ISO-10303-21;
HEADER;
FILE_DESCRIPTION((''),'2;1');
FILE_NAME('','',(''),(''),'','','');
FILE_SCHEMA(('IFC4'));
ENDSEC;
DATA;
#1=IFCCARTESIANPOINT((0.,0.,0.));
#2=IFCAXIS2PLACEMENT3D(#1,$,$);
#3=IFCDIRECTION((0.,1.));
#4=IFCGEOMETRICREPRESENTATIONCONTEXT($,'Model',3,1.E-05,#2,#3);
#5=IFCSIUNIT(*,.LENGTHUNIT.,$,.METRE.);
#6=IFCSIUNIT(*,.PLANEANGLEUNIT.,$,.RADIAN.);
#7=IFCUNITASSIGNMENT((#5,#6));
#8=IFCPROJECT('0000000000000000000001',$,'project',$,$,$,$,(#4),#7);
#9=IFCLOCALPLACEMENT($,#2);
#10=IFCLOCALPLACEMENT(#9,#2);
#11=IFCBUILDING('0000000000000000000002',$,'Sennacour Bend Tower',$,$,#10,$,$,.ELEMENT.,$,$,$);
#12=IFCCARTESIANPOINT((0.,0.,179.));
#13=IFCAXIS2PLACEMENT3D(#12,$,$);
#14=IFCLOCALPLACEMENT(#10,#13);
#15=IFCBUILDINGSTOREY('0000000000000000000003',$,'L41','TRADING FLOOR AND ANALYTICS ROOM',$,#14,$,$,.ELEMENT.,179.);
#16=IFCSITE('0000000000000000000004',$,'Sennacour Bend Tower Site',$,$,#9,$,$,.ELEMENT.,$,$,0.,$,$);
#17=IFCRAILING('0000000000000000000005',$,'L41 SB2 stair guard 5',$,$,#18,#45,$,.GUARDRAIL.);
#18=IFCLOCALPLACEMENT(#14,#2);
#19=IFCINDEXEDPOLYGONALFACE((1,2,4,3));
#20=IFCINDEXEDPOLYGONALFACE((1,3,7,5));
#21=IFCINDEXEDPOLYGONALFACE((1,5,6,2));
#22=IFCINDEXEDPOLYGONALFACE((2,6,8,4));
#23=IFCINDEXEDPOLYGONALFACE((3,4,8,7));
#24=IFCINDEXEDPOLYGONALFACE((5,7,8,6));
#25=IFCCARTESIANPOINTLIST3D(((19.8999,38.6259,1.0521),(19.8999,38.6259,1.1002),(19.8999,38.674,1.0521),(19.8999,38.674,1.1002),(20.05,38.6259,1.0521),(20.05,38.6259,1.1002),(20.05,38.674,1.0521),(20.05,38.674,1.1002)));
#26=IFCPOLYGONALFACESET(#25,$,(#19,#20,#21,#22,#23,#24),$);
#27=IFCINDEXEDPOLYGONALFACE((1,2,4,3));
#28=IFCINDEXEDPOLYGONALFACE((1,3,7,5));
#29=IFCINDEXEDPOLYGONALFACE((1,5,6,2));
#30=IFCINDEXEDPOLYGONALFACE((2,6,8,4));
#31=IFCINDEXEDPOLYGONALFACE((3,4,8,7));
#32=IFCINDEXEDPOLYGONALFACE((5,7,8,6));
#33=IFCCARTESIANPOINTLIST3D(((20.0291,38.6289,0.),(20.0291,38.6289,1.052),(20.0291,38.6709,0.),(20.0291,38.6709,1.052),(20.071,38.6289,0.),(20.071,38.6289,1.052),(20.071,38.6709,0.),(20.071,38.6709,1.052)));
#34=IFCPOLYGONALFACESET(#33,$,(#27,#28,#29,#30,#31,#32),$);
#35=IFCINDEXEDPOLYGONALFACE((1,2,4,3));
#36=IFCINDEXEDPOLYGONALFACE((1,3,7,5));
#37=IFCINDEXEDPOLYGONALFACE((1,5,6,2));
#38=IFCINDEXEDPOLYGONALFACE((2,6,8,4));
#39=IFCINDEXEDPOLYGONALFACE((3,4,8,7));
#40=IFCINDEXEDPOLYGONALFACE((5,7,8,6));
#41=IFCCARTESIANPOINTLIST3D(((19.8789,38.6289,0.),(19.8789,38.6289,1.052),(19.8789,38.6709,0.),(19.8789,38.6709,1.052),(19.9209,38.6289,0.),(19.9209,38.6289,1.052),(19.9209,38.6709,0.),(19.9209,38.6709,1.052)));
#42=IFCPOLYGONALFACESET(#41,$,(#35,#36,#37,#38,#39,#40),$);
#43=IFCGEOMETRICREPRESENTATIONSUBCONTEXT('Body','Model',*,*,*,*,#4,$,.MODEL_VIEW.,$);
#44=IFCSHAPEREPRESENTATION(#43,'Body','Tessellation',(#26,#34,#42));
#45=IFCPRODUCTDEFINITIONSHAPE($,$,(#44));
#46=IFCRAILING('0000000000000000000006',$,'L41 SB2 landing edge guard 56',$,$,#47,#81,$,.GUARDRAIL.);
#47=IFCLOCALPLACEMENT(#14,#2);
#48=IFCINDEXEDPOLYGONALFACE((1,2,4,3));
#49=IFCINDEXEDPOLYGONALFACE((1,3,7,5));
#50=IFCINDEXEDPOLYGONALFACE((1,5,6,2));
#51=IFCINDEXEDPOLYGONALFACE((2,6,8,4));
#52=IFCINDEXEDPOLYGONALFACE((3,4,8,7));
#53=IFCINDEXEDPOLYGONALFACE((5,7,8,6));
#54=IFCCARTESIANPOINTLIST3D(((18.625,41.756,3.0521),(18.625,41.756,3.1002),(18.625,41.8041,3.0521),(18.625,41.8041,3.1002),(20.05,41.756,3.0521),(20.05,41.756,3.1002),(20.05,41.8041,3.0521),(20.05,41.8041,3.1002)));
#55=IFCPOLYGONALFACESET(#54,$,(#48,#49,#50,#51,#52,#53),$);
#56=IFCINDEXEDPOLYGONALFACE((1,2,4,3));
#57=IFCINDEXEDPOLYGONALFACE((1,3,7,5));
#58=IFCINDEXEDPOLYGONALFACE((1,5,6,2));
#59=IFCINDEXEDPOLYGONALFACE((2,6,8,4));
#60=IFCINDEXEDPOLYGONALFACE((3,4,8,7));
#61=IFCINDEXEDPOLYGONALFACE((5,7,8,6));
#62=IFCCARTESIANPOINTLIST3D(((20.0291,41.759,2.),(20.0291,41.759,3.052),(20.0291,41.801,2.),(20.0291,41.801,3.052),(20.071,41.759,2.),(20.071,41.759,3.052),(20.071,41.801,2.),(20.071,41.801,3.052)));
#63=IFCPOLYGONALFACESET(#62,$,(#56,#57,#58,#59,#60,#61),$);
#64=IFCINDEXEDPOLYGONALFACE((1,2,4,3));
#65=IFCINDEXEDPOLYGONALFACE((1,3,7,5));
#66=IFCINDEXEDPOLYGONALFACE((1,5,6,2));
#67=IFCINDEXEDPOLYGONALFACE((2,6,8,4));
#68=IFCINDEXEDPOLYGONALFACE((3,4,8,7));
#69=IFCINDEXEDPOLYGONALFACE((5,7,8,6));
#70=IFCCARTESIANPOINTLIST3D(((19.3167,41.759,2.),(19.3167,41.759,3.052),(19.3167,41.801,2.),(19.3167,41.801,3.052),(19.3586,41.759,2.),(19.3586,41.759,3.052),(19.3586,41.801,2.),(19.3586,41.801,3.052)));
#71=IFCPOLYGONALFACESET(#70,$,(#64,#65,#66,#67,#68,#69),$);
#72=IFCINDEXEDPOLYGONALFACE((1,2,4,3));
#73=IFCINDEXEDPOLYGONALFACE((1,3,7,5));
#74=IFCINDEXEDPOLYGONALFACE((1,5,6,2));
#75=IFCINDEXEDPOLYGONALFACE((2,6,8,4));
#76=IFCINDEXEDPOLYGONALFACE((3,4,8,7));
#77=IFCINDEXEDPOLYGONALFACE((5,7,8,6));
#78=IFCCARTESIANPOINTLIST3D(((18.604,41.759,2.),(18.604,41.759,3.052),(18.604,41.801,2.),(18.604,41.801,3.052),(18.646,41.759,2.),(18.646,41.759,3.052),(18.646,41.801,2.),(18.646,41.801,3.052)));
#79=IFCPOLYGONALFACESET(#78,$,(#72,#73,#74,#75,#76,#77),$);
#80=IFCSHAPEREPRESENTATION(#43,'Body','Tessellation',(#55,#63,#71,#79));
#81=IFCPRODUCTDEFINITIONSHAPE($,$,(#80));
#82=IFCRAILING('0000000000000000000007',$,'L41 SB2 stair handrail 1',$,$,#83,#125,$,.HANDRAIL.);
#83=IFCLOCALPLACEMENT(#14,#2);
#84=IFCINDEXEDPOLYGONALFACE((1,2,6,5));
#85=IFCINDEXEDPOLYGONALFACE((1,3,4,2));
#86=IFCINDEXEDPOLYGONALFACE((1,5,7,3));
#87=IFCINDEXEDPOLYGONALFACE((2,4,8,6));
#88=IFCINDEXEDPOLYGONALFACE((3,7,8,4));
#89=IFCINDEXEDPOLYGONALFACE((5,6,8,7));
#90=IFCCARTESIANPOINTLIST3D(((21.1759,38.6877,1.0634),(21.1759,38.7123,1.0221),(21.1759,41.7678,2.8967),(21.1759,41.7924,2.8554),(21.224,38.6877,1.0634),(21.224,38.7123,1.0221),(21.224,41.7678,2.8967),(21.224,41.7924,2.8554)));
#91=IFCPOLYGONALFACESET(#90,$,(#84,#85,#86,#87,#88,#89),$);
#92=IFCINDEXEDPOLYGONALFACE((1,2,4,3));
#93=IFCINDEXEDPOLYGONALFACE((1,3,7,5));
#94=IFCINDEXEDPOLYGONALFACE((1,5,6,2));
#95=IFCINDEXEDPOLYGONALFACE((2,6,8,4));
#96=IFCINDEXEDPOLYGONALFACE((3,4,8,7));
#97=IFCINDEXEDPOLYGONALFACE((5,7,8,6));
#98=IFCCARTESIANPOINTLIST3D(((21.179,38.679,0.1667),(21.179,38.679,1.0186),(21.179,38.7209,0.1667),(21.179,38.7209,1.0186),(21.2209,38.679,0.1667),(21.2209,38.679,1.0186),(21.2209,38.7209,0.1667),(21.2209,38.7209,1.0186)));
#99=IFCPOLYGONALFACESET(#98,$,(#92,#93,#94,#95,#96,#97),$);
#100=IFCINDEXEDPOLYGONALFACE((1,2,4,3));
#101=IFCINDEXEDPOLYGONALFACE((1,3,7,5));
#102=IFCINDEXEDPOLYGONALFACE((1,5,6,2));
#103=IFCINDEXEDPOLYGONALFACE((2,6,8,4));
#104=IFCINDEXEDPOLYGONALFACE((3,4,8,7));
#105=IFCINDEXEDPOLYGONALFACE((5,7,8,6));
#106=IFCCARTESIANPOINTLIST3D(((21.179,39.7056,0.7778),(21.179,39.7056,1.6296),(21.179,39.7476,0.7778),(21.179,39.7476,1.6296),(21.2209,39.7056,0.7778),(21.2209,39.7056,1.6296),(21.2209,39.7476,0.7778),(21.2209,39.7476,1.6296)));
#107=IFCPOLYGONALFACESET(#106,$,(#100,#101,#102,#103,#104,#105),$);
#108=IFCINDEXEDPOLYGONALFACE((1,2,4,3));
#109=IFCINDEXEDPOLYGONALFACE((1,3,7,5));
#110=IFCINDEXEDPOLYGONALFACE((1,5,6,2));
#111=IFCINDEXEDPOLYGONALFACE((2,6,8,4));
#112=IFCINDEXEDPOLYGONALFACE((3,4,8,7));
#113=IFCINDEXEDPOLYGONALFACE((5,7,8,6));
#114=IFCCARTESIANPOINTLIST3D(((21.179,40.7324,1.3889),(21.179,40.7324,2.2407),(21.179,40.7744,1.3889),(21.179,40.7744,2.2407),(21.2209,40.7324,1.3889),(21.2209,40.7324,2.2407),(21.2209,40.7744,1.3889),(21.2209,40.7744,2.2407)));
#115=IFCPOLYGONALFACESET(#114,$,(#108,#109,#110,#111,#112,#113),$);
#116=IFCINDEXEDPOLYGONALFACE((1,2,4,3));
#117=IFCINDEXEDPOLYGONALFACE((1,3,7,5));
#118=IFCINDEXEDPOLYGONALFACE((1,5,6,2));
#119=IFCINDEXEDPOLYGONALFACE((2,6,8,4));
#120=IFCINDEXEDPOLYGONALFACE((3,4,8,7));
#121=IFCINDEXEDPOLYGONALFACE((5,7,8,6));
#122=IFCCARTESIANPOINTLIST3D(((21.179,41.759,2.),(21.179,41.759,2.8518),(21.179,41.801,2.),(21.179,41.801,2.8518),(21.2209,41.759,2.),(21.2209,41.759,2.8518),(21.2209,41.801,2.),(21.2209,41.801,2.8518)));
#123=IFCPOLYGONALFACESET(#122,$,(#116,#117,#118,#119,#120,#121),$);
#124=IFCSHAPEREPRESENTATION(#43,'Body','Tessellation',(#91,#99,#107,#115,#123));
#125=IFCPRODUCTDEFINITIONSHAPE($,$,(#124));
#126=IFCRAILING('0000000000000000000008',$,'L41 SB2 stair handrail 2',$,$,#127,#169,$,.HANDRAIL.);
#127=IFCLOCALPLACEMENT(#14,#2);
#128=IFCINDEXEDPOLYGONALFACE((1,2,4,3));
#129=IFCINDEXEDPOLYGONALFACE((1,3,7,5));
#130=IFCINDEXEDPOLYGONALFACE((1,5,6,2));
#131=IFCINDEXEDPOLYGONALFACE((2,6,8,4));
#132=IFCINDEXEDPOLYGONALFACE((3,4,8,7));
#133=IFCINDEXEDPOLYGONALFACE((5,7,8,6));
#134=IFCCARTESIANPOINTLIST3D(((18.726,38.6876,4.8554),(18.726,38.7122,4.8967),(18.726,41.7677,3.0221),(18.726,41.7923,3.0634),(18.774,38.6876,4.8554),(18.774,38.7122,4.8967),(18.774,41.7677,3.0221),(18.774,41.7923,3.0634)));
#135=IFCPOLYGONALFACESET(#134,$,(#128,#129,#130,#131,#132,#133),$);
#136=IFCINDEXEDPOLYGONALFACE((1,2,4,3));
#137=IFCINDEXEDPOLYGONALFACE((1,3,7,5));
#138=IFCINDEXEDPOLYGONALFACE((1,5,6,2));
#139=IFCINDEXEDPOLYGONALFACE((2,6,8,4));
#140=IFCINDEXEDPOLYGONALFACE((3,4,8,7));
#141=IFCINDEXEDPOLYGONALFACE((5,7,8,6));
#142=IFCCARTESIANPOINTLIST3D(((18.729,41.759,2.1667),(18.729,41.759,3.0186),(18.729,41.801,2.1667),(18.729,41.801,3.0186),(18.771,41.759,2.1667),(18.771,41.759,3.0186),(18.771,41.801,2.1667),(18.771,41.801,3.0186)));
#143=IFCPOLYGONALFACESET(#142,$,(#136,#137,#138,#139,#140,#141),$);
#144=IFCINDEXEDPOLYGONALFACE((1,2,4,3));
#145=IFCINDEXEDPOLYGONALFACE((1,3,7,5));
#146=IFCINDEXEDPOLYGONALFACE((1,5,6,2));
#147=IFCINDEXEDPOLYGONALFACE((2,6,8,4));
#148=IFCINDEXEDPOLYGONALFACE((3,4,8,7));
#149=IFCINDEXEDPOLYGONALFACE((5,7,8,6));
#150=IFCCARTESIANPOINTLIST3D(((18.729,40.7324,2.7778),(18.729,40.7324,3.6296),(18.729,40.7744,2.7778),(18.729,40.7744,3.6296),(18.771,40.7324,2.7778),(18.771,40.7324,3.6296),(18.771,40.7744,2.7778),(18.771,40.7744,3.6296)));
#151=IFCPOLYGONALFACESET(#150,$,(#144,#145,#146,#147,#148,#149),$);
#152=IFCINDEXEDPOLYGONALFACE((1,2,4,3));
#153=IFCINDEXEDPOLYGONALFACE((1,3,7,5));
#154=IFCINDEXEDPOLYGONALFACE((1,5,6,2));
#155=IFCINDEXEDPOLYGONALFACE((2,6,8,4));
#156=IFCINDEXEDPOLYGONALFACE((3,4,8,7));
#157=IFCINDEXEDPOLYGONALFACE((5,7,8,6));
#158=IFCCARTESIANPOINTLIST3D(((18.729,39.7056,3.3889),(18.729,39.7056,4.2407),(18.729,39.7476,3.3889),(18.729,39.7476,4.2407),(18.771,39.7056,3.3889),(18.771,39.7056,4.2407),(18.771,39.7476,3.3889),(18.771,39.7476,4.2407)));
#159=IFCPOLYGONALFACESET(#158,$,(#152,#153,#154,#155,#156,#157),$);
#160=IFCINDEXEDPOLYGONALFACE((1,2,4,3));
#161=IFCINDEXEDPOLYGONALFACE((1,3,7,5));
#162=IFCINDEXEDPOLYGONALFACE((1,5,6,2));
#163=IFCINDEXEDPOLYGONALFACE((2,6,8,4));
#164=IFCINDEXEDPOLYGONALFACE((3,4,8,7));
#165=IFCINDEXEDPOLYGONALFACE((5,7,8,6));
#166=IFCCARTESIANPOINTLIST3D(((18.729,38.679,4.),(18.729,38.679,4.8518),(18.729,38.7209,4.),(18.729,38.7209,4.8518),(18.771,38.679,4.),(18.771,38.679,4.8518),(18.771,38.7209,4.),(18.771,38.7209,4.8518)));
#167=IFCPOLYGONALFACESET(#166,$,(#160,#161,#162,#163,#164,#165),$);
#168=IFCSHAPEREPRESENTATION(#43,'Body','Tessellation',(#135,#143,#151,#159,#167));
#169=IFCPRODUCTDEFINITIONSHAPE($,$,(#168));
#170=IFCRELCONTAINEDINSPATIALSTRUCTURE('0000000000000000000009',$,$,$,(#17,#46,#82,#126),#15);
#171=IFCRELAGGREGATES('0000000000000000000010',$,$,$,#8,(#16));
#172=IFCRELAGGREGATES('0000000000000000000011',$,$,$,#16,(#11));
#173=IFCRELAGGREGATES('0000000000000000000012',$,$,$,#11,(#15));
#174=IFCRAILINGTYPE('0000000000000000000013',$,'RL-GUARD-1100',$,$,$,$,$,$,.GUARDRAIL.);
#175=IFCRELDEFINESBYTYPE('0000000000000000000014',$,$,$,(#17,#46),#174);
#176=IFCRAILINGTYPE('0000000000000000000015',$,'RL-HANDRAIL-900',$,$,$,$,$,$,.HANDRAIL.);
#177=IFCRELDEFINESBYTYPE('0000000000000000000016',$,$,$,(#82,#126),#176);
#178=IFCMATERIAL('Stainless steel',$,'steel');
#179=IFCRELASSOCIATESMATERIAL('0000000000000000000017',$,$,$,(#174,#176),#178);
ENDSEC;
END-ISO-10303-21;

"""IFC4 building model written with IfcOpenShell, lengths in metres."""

from ifc_helpers import new_model, si_unit, direction, frame, origin, origin_2d, place, context, subcontext, project, spatial, rectangle, extrude, material, type_object, element, save


model = new_model("IFC4")

# Units and contexts
model_context = context("Model", 3, precision=1e-05, world=origin(), true_north=direction((0.0, 1.0)))
body_context = subcontext(model_context, "Body", "Model", "MODEL_VIEW")
ifc_project = project(units=[si_unit("LENGTHUNIT", "METRE"), si_unit("PLANEANGLEUNIT", "RADIAN")], contexts=[model_context])

# Site, building, storey
site_placement = place(None, origin())
site = spatial("IfcSite", under=ifc_project, at=site_placement, Name="Sennacour Bend Tower Site", CompositionType="ELEMENT", RefElevation=0.0)
building_placement = place(site_placement, origin())
building = spatial("IfcBuilding", under=site, at=building_placement, Name="Sennacour Bend Tower", CompositionType="ELEMENT")
storey_placement = place(building_placement, frame((0.0, 0.0, 179.0)))
storey = spatial("IfcBuildingStorey", under=building, at=storey_placement, Name="L41", Description="TRADING FLOOR AND ANALYTICS ROOM", CompositionType="ELEMENT", Elevation=179.0)

# Shared definitions
ifc_material_1 = material(Name="Stainless steel", Category="steel")

# Railings
railing_type_1 = type_object("IfcRailingType", Name="RL-GUARD-1100", PredefinedType="GUARDRAIL", material=ifc_material_1)
railing_1_placement = place(storey_placement, frame((20.05, 38.6499, 0.0)))
element("IfcRailing", 1, at=railing_1_placement, inside=storey, type_object=railing_type_1, Name="L41 SB2 stair guard 5", PredefinedType="GUARDRAIL", context=body_context, shape_type="SweptSolid", body=[
    extrude(rectangle(XDim=0.0481, YDim=0.0481, at=origin_2d()), frame((0.0, 0.0, 1.0762), z_axis=(-1.0, 0.0, 0.0), x_axis=(0.0, -1.0, 0.0)), (0.0, 0.0, 1.0), 0.1501),
    extrude(rectangle(XDim=0.042, YDim=0.042, at=origin_2d()), origin(), (0.0, 0.0, 1.0), 1.052),
    extrude(rectangle(XDim=0.042, YDim=0.042, at=origin_2d()), frame((-0.1501, 0.0, 0.0)), (0.0, 0.0, 1.0), 1.052),
])
railing_2_placement = place(storey_placement, frame((20.05, 41.78, 2.0)))
element("IfcRailing", 2, at=railing_2_placement, inside=storey, type_object=railing_type_1, Name="L41 SB2 landing edge guard 56", PredefinedType="GUARDRAIL", context=body_context, shape_type="SweptSolid", body=[
    extrude(rectangle(XDim=0.0481, YDim=0.0481, at=origin_2d()), frame((0.0, 0.0, 1.0762), z_axis=(-1.0, 0.0, 0.0), x_axis=(0.0, -1.0, 0.0)), (0.0, 0.0, 1.0), 1.425),
    extrude(rectangle(XDim=0.042, YDim=0.042, at=origin_2d()), origin(), (0.0, 0.0, 1.0), 1.052),
    extrude(rectangle(XDim=0.042, YDim=0.042, at=origin_2d()), frame((-0.7124, 0.0, 0.0)), (0.0, 0.0, 1.0), 1.052),
    extrude(rectangle(XDim=0.042, YDim=0.042, at=origin_2d()), frame((-1.425, 0.0, 0.0)), (0.0, 0.0, 1.0), 1.052),
])
railing_type_2 = type_object("IfcRailingType", Name="RL-HANDRAIL-900", PredefinedType="HANDRAIL", material=ifc_material_1)
railing_3_placement = place(storey_placement, frame((21.2, 38.7, 0.1667)))
element("IfcRailing", 3, at=railing_3_placement, inside=storey, type_object=railing_type_2, Name="L41 SB2 stair handrail 1", PredefinedType="HANDRAIL", context=body_context, shape_type="SweptSolid", body=[
    extrude(rectangle(XDim=0.0481, YDim=0.0481, at=origin_2d()), frame((0.0, 0.0, 0.876), z_axis=(0.0, 0.859309, 0.511458), x_axis=(-1.0, 0.0, 0.0)), (0.0, 0.0, 1.0), 3.5845),
    extrude(rectangle(XDim=0.042, YDim=0.042, at=origin_2d()), origin(), (0.0, 0.0, 1.0), 0.8518),
    extrude(rectangle(XDim=0.042, YDim=0.042, at=origin_2d()), frame((0.0, 1.0266, 0.6111)), (0.0, 0.0, 1.0), 0.8518),
    extrude(rectangle(XDim=0.042, YDim=0.042, at=origin_2d()), frame((0.0, 2.0535, 1.2222)), (0.0, 0.0, 1.0), 0.8518),
    extrude(rectangle(XDim=0.042, YDim=0.042, at=origin_2d()), frame((0.0, 3.0801, 1.8333)), (0.0, 0.0, 1.0), 0.8518),
])
railing_4_placement = place(storey_placement, frame((18.75, 41.78, 2.1667)))
element("IfcRailing", 4, at=railing_4_placement, inside=storey, type_object=railing_type_2, Name="L41 SB2 stair handrail 2", PredefinedType="HANDRAIL", context=body_context, shape_type="SweptSolid", body=[
    extrude(rectangle(XDim=0.0481, YDim=0.0481, at=origin_2d()), frame((0.0, 0.0, 0.876), z_axis=(0.0, -0.859309, 0.511458), x_axis=(1.0, 0.0, 0.0)), (0.0, 0.0, 1.0), 3.5845),
    extrude(rectangle(XDim=0.042, YDim=0.042, at=origin_2d()), origin(), (0.0, 0.0, 1.0), 0.8518),
    extrude(rectangle(XDim=0.042, YDim=0.042, at=origin_2d()), frame((0.0, -1.0266, 0.6111)), (0.0, 0.0, 1.0), 0.8518),
    extrude(rectangle(XDim=0.042, YDim=0.042, at=origin_2d()), frame((0.0, -2.0535, 1.2222)), (0.0, 0.0, 1.0), 0.8518),
    extrude(rectangle(XDim=0.042, YDim=0.042, at=origin_2d()), frame((0.0, -3.0801, 1.8333)), (0.0, 0.0, 1.0), 0.8518),
])

save(model, "model.ifc")
